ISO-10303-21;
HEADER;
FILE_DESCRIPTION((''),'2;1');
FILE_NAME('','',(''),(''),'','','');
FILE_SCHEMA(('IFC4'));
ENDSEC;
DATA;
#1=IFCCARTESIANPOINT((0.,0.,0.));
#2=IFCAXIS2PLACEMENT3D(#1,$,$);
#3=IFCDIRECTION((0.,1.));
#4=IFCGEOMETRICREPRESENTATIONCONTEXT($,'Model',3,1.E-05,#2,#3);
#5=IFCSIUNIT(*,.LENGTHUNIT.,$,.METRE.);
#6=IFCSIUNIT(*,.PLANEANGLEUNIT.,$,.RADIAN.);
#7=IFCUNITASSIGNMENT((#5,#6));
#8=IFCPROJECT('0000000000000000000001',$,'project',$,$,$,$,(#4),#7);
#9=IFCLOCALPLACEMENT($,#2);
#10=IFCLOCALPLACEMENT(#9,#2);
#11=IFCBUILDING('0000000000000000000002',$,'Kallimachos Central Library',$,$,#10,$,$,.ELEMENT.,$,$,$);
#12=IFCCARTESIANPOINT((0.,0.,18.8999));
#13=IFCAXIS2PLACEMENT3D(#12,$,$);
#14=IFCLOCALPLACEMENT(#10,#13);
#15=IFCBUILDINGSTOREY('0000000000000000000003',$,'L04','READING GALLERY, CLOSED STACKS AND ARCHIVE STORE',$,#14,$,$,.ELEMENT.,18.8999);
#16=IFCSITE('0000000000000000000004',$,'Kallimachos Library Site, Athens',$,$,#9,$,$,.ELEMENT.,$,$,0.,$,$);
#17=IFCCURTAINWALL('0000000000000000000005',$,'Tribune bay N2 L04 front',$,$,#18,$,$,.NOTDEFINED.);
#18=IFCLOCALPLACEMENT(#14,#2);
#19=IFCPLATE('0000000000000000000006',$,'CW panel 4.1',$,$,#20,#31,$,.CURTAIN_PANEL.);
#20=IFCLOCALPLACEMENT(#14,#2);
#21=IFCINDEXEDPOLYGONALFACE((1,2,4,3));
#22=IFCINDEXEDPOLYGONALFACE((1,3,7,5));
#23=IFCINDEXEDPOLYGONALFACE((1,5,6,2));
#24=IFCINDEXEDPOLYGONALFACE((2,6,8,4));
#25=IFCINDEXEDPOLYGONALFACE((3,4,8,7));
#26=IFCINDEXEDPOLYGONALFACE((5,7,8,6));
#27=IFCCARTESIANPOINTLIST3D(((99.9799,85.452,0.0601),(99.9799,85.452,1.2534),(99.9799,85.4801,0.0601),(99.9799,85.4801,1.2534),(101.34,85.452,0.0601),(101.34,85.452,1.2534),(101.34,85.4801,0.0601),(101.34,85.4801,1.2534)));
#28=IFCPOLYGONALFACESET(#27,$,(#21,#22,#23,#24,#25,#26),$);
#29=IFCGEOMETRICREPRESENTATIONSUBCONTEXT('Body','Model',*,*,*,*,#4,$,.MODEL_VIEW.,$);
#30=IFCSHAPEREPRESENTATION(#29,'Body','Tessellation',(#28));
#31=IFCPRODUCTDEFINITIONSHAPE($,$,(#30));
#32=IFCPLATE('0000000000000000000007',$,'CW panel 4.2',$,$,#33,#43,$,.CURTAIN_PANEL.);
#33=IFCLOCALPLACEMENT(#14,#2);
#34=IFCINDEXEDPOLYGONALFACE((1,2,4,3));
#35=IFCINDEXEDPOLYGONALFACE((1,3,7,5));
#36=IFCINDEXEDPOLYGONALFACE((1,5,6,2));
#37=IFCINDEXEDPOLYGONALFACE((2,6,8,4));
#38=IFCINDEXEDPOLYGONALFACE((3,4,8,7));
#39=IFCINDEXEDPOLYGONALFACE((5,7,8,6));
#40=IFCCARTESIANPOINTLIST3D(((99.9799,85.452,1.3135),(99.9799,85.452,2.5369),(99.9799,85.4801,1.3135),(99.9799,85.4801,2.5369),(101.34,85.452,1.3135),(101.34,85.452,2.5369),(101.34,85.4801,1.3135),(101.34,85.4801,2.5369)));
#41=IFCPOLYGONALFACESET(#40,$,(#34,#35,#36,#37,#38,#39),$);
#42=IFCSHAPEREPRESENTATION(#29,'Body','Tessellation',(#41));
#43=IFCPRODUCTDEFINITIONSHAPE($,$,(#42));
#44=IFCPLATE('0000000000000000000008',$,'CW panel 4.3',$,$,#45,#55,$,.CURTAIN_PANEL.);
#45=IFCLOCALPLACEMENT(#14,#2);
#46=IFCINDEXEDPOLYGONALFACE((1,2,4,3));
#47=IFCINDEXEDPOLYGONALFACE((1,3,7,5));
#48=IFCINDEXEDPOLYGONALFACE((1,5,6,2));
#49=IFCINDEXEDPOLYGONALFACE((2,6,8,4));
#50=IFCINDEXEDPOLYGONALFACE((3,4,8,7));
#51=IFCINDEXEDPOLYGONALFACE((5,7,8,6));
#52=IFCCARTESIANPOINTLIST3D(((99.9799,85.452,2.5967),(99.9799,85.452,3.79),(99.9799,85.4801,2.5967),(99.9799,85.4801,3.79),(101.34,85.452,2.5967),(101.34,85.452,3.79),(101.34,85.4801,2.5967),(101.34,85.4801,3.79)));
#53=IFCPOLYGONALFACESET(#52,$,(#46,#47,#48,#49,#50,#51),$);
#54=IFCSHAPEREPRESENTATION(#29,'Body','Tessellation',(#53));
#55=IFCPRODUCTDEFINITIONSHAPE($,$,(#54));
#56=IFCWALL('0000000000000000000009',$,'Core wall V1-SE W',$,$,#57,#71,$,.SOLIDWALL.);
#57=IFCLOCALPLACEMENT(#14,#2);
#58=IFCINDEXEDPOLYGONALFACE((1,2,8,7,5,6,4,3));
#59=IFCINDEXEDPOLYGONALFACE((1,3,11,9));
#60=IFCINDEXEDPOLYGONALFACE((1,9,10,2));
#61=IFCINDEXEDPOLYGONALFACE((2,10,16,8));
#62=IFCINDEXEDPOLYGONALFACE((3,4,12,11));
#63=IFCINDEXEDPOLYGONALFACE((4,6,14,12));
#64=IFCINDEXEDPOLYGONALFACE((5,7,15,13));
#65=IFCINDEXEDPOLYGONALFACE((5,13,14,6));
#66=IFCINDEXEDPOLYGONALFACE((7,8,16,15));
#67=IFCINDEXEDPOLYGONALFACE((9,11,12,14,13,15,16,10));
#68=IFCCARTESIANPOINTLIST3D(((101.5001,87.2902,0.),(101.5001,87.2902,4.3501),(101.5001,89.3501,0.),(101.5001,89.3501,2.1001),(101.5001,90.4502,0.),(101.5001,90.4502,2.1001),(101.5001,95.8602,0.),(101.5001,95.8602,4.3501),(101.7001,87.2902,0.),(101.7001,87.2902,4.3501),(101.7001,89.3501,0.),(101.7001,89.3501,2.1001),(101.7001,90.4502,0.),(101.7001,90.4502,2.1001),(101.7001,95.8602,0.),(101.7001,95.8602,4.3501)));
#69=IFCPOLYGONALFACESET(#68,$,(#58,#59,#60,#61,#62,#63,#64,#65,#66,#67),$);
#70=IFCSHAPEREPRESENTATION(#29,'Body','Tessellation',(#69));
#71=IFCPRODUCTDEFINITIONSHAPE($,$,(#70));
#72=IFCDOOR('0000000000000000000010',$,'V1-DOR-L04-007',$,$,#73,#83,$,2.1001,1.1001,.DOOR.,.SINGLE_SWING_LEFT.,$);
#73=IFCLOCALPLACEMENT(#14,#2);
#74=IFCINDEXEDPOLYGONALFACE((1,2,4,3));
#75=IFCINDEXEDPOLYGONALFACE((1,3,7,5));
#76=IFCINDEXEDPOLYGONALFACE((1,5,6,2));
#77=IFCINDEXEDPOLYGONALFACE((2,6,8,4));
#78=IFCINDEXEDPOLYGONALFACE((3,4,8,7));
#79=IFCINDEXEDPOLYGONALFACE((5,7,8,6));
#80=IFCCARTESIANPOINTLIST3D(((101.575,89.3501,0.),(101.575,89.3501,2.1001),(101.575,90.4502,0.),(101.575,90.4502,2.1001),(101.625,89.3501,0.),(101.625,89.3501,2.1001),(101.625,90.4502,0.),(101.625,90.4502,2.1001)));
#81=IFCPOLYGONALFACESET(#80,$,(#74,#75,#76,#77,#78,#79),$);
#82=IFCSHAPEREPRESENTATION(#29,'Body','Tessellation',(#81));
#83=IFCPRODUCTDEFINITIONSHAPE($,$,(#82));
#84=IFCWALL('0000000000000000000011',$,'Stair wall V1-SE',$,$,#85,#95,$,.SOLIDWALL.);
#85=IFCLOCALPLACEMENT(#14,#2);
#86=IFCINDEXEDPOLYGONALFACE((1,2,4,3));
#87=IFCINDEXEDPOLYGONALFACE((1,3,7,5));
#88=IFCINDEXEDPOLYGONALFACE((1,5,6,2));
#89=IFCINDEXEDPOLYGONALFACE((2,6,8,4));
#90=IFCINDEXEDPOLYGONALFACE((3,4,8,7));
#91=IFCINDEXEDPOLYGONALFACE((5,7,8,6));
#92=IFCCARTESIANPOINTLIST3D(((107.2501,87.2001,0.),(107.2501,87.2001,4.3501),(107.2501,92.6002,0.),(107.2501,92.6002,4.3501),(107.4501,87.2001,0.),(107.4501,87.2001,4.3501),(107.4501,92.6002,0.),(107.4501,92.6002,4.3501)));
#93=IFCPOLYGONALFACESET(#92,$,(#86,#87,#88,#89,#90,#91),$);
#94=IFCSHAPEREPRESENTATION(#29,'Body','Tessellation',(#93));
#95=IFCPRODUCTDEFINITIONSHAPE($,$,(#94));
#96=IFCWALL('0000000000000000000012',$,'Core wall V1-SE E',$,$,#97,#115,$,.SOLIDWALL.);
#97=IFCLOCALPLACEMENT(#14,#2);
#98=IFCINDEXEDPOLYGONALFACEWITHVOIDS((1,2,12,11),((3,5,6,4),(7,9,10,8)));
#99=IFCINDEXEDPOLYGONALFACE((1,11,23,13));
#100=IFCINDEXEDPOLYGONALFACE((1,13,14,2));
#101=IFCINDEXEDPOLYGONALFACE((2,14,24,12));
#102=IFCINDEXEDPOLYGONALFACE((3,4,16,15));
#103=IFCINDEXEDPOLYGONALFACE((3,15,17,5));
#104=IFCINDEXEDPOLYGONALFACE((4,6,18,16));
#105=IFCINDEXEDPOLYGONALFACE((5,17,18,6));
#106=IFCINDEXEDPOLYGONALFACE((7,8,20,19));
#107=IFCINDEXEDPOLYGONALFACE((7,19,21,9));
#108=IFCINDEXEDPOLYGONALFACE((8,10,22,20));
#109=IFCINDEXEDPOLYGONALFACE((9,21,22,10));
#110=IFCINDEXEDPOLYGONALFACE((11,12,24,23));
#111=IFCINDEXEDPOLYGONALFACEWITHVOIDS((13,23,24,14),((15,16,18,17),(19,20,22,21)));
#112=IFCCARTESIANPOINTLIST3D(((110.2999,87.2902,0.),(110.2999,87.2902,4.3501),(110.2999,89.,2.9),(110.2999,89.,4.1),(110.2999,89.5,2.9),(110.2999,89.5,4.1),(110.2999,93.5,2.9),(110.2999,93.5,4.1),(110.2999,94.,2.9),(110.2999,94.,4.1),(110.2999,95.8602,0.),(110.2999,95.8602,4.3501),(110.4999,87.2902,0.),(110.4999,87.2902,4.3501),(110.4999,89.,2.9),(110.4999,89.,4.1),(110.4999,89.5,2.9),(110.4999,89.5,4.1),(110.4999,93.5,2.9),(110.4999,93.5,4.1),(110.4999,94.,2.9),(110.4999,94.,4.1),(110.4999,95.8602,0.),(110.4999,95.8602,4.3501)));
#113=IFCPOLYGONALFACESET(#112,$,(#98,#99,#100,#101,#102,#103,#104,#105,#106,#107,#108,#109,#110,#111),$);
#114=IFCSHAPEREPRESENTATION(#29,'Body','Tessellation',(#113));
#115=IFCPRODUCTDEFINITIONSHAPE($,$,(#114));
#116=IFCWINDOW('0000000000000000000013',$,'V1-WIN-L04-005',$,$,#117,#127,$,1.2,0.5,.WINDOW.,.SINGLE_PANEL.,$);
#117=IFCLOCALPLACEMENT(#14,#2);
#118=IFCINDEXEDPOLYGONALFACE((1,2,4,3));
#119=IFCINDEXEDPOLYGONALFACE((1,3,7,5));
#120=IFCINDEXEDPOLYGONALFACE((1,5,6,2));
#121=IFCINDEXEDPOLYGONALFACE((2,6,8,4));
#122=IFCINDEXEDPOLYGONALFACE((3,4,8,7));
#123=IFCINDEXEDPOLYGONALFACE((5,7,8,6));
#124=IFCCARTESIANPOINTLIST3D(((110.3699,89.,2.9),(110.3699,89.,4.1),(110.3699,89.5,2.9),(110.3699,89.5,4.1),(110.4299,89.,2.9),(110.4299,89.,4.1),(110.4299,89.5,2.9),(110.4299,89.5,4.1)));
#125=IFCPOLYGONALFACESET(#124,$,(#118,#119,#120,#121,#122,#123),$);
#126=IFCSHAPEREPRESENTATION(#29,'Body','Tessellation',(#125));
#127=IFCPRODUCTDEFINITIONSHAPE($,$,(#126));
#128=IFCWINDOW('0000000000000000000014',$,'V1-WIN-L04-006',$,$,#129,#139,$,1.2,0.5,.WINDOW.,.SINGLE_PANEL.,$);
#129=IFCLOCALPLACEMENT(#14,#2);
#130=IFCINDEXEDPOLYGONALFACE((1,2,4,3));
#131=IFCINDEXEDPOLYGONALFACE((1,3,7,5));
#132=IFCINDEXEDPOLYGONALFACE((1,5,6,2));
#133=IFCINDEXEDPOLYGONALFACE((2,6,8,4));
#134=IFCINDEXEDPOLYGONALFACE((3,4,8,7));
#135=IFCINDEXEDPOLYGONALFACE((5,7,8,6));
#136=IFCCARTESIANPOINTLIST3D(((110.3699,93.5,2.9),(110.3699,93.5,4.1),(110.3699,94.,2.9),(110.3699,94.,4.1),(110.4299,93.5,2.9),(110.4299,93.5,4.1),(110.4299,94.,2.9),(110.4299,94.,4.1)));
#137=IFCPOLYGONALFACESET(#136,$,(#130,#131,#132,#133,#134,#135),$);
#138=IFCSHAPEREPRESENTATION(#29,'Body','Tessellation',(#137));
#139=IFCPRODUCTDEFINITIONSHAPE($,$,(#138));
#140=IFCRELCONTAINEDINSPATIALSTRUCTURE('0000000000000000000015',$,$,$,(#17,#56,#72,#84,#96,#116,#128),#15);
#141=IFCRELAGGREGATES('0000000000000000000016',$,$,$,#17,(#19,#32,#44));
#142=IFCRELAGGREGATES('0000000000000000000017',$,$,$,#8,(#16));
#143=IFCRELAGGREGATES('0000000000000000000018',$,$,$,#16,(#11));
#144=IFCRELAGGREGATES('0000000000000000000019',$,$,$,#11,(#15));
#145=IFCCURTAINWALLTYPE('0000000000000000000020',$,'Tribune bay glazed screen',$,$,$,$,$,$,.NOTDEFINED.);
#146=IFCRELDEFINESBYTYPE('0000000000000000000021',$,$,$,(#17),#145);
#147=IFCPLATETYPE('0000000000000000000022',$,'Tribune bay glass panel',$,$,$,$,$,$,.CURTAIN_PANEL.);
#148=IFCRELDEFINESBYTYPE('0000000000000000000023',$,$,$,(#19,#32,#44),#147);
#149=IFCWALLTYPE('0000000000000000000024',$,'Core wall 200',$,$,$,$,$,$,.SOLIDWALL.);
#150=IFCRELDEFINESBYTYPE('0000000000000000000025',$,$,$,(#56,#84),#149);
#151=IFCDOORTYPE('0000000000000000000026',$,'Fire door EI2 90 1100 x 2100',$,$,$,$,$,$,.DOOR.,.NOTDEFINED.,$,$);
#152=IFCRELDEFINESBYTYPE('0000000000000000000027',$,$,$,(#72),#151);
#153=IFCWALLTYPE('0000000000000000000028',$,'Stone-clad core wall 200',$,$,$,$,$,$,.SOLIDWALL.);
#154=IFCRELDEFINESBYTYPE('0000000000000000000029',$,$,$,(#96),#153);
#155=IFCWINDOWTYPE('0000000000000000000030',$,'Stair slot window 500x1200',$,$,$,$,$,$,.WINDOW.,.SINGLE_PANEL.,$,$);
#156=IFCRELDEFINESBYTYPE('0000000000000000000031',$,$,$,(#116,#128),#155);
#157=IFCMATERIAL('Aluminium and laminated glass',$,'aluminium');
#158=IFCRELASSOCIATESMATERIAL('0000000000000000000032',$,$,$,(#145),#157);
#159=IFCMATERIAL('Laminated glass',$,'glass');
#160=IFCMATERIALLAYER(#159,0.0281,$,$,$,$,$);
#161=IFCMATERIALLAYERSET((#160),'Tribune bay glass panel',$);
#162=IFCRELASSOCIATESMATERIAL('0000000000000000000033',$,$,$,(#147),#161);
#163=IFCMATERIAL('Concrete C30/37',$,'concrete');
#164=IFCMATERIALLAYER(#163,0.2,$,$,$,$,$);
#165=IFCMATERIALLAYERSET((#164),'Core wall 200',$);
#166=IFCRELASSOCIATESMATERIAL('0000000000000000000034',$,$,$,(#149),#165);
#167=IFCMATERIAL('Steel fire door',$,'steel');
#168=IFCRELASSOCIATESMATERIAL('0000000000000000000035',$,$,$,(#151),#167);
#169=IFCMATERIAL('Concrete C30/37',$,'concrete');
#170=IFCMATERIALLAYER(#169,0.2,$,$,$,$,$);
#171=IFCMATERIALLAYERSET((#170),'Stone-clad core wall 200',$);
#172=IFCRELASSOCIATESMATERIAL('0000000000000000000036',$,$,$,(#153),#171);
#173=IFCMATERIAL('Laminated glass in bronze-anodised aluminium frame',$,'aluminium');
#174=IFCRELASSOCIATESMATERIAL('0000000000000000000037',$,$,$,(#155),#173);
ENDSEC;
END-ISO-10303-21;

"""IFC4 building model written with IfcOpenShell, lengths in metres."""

from ifc_helpers import new_model, si_unit, direction, frame, frame_2d, origin, origin_2d, place, context, subcontext, project, spatial, rectangle, extrude, material, layer, layer_set, type_object, element, fill, aggregate, save


model = new_model("IFC4")

# Units and contexts
model_context = context("Model", 3, precision=1e-05, world=origin(), true_north=direction((0.0, 1.0)))
body_context = subcontext(model_context, "Body", "Model", "MODEL_VIEW")
ifc_project = project(units=[si_unit("LENGTHUNIT", "METRE"), si_unit("PLANEANGLEUNIT", "RADIAN")], contexts=[model_context])

# Site, building, storey
site_placement = place(None, origin())
site = spatial("IfcSite", under=ifc_project, at=site_placement, Name="Kallimachos Library Site, Athens", CompositionType="ELEMENT", RefElevation=0.0)
building_placement = place(site_placement, origin())
building = spatial("IfcBuilding", under=site, at=building_placement, Name="Kallimachos Central Library", CompositionType="ELEMENT")
storey_placement = place(building_placement, frame((0.0, 0.0, 18.8999)))
storey = spatial("IfcBuildingStorey", under=building, at=storey_placement, Name="L04", Description="READING GALLERY, CLOSED STACKS AND ARCHIVE STORE", CompositionType="ELEMENT", Elevation=18.8999)

# Curtain wall
ifc_material_1 = material(Name="Aluminium and laminated glass", Category="aluminium")
curtain_wall_type_1 = type_object("IfcCurtainWallType", Name="Tribune bay glazed screen", PredefinedType="NOTDEFINED", material=ifc_material_1)
curtain_wall_1_placement = place(storey_placement, origin())
curtain_wall_1 = element("IfcCurtainWall", 1, at=curtain_wall_1_placement, inside=storey, type_object=curtain_wall_type_1, Name="Tribune bay N2 L04 front", PredefinedType="NOTDEFINED")

# Plates
ifc_material_2 = material(Name="Laminated glass", Category="glass")
ifc_layer_1 = layer(ifc_material_2, 0.0281)
ifc_layer_set_1 = layer_set([ifc_layer_1], Name="Tribune bay glass panel")
plate_type_1 = type_object("IfcPlateType", Name="Tribune bay glass panel", PredefinedType="CURTAIN_PANEL", material=ifc_layer_set_1)
plate_1_placement = place(storey_placement, frame((100.6599, 85.4661, 0.0601), z_axis=(0.0, 0.0, 1.0), x_axis=(1.0, 0.0, 0.0)))
plate_1 = element("IfcPlate", 2, at=plate_1_placement, type_object=plate_type_1, Name="CW panel 4.1", PredefinedType="CURTAIN_PANEL", context=body_context, shape_type="SweptSolid", body=[
    extrude(rectangle(XDim=1.3601, YDim=0.0281, at=origin_2d()), origin(), (0.0, 0.0, 1.0), 1.1934),
])
plate_2_placement = place(storey_placement, frame((100.6599, 85.4661, 1.3135), z_axis=(0.0, 0.0, 1.0), x_axis=(1.0, 0.0, 0.0)))
plate_2 = element("IfcPlate", 3, at=plate_2_placement, type_object=plate_type_1, Name="CW panel 4.2", PredefinedType="CURTAIN_PANEL", context=body_context, shape_type="SweptSolid", body=[
    extrude(rectangle(XDim=1.3601, YDim=0.0281, at=origin_2d()), origin(), (0.0, 0.0, 1.0), 1.2234),
])
plate_3_placement = place(storey_placement, frame((100.6599, 85.4661, 2.5967), z_axis=(0.0, 0.0, 1.0), x_axis=(1.0, 0.0, 0.0)))
plate_3 = element("IfcPlate", 4, at=plate_3_placement, type_object=plate_type_1, Name="CW panel 4.3", PredefinedType="CURTAIN_PANEL", context=body_context, shape_type="SweptSolid", body=[
    extrude(rectangle(XDim=1.3601, YDim=0.0281, at=origin_2d()), origin(), (0.0, 0.0, 1.0), 1.1934),
])
aggregate(curtain_wall_1, [plate_1, plate_2, plate_3])

# Wall, opening, door
ifc_material_3 = material(Name="Concrete C30/37", Category="concrete")
ifc_layer_2 = layer(ifc_material_3, 0.2)
ifc_layer_set_2 = layer_set([ifc_layer_2], Name="Core wall 200")
wall_type_1 = type_object("IfcWallType", Name="Core wall 200", PredefinedType="SOLIDWALL", material=ifc_layer_set_2)
wall_1_placement = place(storey_placement, frame((101.6001, 87.29, 0.0), z_axis=(0.0, 0.0, 1.0), x_axis=(0.0, 1.0, 0.0)))
wall_1 = element("IfcWall", 5, at=wall_1_placement, inside=storey, type_object=wall_type_1, Name="Core wall V1-SE W", PredefinedType="SOLIDWALL", context=body_context, shape_type="SweptSolid", body=[
    extrude(rectangle(XDim=8.5701, YDim=0.2, at=frame_2d((4.2852, 0.0))), origin(), (0.0, 0.0, 1.0), 4.3501),
])
opening_1_placement = place(wall_1_placement, frame((2.0601, 0.0, 0.0)))
opening_1 = element("IfcOpeningElement", 6, at=opening_1_placement, cuts=wall_1, PredefinedType="OPENING", context=body_context, shape_type="SweptSolid", body=[
    extrude(rectangle(XDim=1.1001, YDim=2.1001, at=frame_2d((0.55, 1.05))), frame((0.0, 0.1099, 0.0), z_axis=(0.0, -1.0, 0.0), x_axis=(1.0, 0.0, 0.0)), (0.0, 0.0, 1.0), 0.22),
])
ifc_material_4 = material(Name="Steel fire door", Category="steel")
door_type = type_object("IfcDoorType", Name="Fire door EI2 90 1100 x 2100", OperationType="NOTDEFINED", PredefinedType="DOOR", material=ifc_material_4)
door_placement = place(opening_1_placement, frame((1.1001, 0.0, 0.0), z_axis=(0.0, 0.0, 1.0), x_axis=(-1.0, 0.0, 0.0)))
door = element("IfcDoor", 7, at=door_placement, inside=storey, type_object=door_type, Name="V1-DOR-L04-007", OperationType="SINGLE_SWING_LEFT", OverallHeight=2.1001, OverallWidth=1.1001, PredefinedType="DOOR", context=body_context, shape_type="SweptSolid", body=[
    extrude(rectangle(XDim=1.1001, YDim=2.1001, at=frame_2d((0.55, 1.05))), frame((0.0, 0.0249, 0.0), z_axis=(0.0, -1.0, 0.0), x_axis=(1.0, 0.0, 0.0)), (0.0, 0.0, 1.0), 0.05),
])
fill(opening_1, door)

# Wall
wall_2_placement = place(storey_placement, frame((107.3501, 87.2, 0.0), z_axis=(0.0, 0.0, 1.0), x_axis=(0.0, 1.0, 0.0)))
element("IfcWall", 8, at=wall_2_placement, inside=storey, type_object=wall_type_1, Name="Stair wall V1-SE", PredefinedType="SOLIDWALL", context=body_context, shape_type="SweptSolid", body=[
    extrude(rectangle(XDim=5.4001, YDim=0.2, at=frame_2d((2.7002, 0.0))), origin(), (0.0, 0.0, 1.0), 4.3501),
])

# Wall, openings, windows
ifc_material_5 = material(Name="Concrete C30/37", Category="concrete")
ifc_layer_3 = layer(ifc_material_5, 0.2)
ifc_layer_set_3 = layer_set([ifc_layer_3], Name="Stone-clad core wall 200")
wall_type_2 = type_object("IfcWallType", Name="Stone-clad core wall 200", PredefinedType="SOLIDWALL", material=ifc_layer_set_3)
wall_3_placement = place(storey_placement, frame((110.3999, 87.29, 0.0), z_axis=(0.0, 0.0, 1.0), x_axis=(0.0, 1.0, 0.0)))
wall_3 = element("IfcWall", 9, at=wall_3_placement, inside=storey, type_object=wall_type_2, Name="Core wall V1-SE E", PredefinedType="SOLIDWALL", context=body_context, shape_type="SweptSolid", body=[
    extrude(rectangle(XDim=8.5701, YDim=0.2, at=frame_2d((4.2852, 0.0))), origin(), (0.0, 0.0, 1.0), 4.3501),
])
opening_2_placement = place(wall_3_placement, frame((1.71, 0.0, 2.8999)))
opening_2 = element("IfcOpeningElement", 10, at=opening_2_placement, cuts=wall_3, PredefinedType="OPENING", context=body_context, shape_type="SweptSolid", body=[
    extrude(rectangle(XDim=0.5, YDim=1.2, at=frame_2d((0.25, 0.6001))), frame((0.0, 0.1099, 0.0), z_axis=(0.0, -1.0, 0.0), x_axis=(1.0, 0.0, 0.0)), (0.0, 0.0, 1.0), 0.22),
])
opening_3_placement = place(wall_3_placement, frame((6.21, 0.0, 2.8999)))
opening_3 = element("IfcOpeningElement", 11, at=opening_3_placement, cuts=wall_3, PredefinedType="OPENING", context=body_context, shape_type="SweptSolid", body=[
    extrude(rectangle(XDim=0.5, YDim=1.2, at=frame_2d((0.25, 0.6001))), frame((0.0, 0.1099, 0.0), z_axis=(0.0, -1.0, 0.0), x_axis=(1.0, 0.0, 0.0)), (0.0, 0.0, 1.0), 0.22),
])
ifc_material_6 = material(Name="Laminated glass in bronze-anodised aluminium frame", Category="aluminium")
window_type = type_object("IfcWindowType", Name="Stair slot window 500x1200", PartitioningType="SINGLE_PANEL", PredefinedType="WINDOW", material=ifc_material_6)
window_1_placement = place(opening_2_placement, origin())
window_1 = element("IfcWindow", 12, at=window_1_placement, inside=storey, type_object=window_type, Name="V1-WIN-L04-005", OverallHeight=1.2, OverallWidth=0.5, PartitioningType="SINGLE_PANEL", PredefinedType="WINDOW", context=body_context, shape_type="SweptSolid", body=[
    extrude(rectangle(XDim=0.5, YDim=1.2, at=frame_2d((0.25, 0.6001))), frame((0.0, 0.03, 0.0), z_axis=(0.0, -1.0, 0.0), x_axis=(1.0, 0.0, 0.0)), (0.0, 0.0, 1.0), 0.0601),
])
fill(opening_2, window_1)
window_2_placement = place(opening_3_placement, origin())
window_2 = element("IfcWindow", 13, at=window_2_placement, inside=storey, type_object=window_type, Name="V1-WIN-L04-006", OverallHeight=1.2, OverallWidth=0.5, PartitioningType="SINGLE_PANEL", PredefinedType="WINDOW", context=body_context, shape_type="SweptSolid", body=[
    extrude(rectangle(XDim=0.5, YDim=1.2, at=frame_2d((0.25, 0.6001))), frame((0.0, 0.03, 0.0), z_axis=(0.0, -1.0, 0.0), x_axis=(1.0, 0.0, 0.0)), (0.0, 0.0, 1.0), 0.0601),
])
fill(opening_3, window_2)

save(model, "model.ifc")
